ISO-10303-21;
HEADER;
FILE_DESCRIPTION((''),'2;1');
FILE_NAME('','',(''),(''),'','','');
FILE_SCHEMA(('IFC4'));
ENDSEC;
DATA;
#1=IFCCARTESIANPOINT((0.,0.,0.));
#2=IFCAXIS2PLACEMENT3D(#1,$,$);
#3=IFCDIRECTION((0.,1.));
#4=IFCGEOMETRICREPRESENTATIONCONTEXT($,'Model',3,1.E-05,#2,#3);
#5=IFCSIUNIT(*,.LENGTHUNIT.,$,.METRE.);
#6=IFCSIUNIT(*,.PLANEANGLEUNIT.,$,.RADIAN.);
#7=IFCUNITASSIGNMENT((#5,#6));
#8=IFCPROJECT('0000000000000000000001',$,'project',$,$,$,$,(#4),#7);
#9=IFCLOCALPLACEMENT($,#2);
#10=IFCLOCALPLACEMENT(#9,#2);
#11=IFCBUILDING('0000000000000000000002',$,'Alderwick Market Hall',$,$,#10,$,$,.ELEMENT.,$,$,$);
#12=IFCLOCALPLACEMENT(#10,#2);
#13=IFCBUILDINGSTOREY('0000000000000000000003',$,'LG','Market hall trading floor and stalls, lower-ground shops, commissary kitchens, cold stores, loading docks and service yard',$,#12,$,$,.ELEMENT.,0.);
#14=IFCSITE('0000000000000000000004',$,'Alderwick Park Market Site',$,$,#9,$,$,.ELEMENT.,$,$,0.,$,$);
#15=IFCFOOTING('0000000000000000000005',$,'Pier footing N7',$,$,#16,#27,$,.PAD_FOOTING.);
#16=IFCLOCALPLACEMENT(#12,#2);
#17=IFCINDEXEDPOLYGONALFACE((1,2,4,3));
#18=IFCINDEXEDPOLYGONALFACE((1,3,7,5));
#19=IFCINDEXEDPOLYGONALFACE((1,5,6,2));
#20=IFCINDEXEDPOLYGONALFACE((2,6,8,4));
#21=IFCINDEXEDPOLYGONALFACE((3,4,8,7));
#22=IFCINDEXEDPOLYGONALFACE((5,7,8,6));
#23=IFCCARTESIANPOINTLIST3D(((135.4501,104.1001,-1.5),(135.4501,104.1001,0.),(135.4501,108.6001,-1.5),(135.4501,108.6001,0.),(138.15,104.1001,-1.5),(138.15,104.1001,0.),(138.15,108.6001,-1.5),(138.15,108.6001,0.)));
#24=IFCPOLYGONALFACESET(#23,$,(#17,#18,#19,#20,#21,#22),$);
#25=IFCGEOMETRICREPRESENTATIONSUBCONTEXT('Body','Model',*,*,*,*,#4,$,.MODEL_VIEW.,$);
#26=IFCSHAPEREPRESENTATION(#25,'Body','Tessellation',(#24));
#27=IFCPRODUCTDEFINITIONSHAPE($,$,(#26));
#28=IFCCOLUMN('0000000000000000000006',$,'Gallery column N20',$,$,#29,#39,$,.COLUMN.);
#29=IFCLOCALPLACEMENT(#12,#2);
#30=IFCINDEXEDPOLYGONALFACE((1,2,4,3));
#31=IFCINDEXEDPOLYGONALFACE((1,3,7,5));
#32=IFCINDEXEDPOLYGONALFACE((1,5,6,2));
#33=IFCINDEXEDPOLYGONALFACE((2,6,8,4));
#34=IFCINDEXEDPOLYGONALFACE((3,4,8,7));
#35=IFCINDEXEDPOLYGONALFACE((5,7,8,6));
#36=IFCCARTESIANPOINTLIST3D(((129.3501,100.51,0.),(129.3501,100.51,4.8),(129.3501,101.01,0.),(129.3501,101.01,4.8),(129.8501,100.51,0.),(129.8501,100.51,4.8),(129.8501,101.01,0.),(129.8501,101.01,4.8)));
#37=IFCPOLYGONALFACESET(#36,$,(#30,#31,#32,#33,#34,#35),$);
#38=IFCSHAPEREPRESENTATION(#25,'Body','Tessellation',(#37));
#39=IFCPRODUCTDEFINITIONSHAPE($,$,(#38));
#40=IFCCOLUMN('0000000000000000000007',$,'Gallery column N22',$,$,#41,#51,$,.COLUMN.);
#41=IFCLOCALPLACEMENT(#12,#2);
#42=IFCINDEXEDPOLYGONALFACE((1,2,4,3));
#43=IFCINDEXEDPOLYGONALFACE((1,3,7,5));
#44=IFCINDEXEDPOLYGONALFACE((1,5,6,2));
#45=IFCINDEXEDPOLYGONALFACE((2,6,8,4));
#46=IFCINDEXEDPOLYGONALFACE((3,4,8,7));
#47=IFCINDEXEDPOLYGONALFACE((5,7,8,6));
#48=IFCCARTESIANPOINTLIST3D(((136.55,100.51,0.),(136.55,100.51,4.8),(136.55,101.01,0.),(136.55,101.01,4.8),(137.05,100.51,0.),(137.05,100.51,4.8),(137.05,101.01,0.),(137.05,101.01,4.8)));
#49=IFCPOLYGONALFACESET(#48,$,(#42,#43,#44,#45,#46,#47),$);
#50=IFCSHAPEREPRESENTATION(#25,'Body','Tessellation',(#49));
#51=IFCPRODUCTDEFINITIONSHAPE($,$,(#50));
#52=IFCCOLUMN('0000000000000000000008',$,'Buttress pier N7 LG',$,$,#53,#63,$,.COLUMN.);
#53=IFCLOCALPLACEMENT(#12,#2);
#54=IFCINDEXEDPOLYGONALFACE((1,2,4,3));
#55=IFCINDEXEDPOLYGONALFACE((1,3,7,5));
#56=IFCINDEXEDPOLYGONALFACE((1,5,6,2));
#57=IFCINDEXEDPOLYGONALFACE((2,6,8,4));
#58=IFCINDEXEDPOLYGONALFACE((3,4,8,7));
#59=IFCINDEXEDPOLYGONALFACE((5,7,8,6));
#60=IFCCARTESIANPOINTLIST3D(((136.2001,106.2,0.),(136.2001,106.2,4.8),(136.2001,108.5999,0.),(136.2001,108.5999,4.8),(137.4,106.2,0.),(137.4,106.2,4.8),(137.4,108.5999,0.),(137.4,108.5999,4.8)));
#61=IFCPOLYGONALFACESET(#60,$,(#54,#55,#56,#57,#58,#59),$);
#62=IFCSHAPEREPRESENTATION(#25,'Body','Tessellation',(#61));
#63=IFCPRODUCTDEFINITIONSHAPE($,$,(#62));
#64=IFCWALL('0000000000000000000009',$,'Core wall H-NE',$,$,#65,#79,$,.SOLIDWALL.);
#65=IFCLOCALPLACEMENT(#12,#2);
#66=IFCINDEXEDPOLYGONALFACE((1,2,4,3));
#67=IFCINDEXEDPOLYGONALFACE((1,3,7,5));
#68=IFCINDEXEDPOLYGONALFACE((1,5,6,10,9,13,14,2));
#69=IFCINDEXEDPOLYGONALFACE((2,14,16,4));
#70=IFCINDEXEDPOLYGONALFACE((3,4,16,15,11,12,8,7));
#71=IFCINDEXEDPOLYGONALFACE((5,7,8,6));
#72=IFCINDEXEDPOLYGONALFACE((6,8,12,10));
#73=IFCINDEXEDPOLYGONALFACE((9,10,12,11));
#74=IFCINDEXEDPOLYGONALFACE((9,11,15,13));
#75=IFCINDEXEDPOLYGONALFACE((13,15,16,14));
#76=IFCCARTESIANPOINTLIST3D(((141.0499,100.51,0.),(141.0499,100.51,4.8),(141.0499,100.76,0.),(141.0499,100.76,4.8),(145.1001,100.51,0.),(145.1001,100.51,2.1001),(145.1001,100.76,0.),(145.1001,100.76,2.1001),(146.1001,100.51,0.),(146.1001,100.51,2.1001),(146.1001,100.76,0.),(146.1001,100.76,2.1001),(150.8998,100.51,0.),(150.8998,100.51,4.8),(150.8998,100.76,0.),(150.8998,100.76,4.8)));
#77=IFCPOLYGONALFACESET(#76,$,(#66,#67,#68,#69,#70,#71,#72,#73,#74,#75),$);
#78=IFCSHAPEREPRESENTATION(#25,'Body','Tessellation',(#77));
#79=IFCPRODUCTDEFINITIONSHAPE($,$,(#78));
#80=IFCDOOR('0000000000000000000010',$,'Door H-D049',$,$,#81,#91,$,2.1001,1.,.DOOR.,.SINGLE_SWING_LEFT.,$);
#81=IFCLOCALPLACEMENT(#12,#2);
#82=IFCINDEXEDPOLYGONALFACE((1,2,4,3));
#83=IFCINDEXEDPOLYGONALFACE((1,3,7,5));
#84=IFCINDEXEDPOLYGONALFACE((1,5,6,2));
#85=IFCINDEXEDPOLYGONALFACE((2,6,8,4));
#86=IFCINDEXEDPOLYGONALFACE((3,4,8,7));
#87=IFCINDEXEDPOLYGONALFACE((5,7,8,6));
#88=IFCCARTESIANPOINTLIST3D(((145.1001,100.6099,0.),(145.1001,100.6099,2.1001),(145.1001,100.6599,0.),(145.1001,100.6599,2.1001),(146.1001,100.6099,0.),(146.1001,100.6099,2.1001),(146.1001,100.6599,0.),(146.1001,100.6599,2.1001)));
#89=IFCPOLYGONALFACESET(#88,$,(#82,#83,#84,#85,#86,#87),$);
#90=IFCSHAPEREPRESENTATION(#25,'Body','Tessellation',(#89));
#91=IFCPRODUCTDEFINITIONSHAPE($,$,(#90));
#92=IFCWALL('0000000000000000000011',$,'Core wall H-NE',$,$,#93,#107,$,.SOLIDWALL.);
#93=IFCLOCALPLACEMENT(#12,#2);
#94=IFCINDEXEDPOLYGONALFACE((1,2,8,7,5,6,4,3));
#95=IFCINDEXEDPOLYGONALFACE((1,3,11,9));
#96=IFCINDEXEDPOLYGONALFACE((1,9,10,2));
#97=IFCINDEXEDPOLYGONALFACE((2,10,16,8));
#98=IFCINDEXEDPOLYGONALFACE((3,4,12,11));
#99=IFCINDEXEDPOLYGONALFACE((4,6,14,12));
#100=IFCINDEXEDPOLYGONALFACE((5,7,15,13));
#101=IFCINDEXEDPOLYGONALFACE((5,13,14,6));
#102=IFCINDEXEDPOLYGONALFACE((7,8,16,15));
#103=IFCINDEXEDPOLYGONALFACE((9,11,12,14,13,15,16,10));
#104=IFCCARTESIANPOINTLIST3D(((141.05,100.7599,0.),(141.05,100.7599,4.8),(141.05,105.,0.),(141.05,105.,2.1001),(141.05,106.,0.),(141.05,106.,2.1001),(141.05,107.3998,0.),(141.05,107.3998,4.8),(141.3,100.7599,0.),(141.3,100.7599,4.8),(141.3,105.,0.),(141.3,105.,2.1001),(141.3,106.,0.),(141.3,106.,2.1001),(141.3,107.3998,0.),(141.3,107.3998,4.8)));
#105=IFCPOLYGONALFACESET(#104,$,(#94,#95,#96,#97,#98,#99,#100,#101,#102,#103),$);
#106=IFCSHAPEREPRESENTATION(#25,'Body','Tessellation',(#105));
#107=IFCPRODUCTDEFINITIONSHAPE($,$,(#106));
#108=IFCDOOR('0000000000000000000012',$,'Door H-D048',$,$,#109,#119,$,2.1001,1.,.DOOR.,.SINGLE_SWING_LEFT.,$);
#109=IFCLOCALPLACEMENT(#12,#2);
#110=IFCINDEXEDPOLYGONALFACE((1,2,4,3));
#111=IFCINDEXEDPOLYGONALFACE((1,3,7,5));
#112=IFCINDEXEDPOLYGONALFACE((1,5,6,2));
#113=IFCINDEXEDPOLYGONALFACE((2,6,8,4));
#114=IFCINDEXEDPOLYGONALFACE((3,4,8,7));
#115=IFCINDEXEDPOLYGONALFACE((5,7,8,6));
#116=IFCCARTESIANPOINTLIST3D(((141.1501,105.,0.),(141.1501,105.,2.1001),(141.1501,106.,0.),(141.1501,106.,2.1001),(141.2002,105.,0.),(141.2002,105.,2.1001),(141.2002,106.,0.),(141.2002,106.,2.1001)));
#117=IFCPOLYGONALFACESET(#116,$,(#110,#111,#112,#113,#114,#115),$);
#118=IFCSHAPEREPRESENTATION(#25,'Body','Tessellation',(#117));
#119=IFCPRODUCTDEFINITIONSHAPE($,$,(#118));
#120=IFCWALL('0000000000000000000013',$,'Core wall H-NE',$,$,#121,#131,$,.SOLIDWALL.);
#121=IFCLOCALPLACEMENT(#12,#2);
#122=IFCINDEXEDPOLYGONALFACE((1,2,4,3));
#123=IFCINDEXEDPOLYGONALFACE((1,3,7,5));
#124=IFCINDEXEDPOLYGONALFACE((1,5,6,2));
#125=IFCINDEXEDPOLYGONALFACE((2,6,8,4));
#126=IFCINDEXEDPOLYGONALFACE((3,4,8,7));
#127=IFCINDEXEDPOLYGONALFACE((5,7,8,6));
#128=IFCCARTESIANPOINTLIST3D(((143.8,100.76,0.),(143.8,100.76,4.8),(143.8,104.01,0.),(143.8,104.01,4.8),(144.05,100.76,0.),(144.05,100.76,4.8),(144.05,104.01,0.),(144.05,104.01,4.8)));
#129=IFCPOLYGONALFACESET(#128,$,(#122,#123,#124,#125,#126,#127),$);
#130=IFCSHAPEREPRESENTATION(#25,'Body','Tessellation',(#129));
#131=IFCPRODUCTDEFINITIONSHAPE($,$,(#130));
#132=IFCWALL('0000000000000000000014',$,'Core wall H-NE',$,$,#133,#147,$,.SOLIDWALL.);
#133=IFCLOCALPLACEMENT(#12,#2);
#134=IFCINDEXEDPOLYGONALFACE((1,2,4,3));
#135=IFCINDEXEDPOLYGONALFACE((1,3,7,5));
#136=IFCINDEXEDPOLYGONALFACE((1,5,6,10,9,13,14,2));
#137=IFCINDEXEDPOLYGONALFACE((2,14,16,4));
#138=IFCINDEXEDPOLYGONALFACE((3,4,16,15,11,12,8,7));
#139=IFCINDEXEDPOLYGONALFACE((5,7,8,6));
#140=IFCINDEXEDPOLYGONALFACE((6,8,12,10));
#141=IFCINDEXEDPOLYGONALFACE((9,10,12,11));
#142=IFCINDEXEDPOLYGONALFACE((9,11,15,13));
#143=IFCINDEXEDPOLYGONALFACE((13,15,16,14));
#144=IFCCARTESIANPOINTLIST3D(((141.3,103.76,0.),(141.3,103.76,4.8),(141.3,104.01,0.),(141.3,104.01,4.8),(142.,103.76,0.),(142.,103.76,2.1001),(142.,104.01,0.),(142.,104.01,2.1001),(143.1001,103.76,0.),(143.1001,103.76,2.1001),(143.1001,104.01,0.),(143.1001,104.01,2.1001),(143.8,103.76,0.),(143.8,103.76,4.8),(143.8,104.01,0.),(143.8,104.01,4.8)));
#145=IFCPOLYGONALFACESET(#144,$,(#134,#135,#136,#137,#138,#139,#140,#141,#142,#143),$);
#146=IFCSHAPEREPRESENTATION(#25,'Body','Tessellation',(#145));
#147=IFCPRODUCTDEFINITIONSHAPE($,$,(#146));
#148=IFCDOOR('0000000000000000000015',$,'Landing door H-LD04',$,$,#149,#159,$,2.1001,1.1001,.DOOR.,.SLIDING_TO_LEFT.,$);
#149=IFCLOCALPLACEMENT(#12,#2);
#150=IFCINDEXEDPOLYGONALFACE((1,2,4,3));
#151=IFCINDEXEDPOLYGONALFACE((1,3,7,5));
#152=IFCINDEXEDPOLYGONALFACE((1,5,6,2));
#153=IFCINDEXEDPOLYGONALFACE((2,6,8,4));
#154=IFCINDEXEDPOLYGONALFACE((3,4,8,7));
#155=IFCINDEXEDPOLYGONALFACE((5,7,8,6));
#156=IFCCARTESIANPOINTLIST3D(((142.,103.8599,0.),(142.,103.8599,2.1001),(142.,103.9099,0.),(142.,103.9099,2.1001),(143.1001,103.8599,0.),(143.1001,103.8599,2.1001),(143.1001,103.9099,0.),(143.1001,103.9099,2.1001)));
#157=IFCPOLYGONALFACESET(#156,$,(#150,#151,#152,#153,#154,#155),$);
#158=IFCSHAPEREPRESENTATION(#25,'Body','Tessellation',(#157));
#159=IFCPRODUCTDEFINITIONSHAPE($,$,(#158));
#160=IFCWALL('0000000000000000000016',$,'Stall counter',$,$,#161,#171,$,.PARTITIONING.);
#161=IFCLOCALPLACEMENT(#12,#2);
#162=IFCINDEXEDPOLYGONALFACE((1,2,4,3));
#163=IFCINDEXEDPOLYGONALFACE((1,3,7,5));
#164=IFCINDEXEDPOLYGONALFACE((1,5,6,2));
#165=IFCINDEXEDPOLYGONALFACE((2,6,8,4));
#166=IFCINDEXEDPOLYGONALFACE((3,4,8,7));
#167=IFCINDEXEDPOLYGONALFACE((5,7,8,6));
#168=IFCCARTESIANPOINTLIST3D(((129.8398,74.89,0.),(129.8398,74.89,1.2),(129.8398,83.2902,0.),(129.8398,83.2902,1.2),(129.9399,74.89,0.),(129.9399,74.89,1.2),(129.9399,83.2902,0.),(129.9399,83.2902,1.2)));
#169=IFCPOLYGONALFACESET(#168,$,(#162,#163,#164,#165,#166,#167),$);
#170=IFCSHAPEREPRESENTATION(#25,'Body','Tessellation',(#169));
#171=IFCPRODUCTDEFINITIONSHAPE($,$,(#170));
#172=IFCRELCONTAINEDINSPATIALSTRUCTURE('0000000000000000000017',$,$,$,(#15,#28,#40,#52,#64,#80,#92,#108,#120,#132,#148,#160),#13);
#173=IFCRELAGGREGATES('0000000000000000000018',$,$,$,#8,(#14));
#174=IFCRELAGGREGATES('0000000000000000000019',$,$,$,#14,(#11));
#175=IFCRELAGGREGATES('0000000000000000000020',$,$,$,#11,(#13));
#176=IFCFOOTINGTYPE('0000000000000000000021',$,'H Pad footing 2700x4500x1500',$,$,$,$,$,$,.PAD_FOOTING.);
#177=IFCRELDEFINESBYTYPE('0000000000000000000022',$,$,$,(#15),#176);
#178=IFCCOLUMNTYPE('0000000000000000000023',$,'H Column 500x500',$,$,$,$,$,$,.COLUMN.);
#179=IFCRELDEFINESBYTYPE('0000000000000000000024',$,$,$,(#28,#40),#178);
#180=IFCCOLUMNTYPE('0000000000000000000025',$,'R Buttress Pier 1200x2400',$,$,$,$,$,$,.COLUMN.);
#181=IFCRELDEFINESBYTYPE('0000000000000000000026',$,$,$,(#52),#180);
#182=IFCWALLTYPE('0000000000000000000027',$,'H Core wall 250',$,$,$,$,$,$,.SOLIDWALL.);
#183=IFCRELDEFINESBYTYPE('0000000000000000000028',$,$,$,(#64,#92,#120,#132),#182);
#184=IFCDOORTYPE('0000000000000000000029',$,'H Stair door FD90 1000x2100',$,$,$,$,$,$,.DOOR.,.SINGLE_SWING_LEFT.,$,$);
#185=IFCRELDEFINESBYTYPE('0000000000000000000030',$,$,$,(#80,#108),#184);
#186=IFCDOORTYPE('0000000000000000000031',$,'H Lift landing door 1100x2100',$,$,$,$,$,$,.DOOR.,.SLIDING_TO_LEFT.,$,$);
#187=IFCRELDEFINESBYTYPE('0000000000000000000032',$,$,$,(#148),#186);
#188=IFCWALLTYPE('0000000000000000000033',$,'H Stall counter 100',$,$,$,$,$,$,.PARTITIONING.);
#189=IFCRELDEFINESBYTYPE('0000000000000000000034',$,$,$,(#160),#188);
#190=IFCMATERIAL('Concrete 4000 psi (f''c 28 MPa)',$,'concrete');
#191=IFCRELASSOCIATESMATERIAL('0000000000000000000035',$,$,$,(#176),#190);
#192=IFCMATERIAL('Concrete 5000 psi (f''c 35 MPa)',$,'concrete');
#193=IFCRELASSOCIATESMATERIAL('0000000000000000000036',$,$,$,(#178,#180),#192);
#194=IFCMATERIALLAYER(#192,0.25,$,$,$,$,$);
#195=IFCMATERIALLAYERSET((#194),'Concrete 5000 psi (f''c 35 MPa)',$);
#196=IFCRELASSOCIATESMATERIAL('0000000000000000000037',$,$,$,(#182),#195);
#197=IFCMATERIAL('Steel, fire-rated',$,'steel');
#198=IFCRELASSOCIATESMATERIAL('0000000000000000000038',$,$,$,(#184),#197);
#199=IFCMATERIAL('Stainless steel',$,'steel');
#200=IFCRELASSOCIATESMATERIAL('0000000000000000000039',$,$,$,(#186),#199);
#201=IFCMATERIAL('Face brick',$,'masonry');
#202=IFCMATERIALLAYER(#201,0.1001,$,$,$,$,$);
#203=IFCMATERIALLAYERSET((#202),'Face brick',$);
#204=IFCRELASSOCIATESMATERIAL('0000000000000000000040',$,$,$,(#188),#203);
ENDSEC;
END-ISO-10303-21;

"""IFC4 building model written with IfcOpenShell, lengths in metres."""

from ifc_helpers import new_model, si_unit, direction, frame, frame_2d, origin, origin_2d, place, context, subcontext, project, spatial, rectangle, extrude, material, layer, layer_set, material_profile, profile_set, type_object, element, fill, save


model = new_model("IFC4")

# Units and contexts
model_context = context("Model", 3, precision=1e-05, world=origin(), true_north=direction((0.0, 1.0)))
body_context = subcontext(model_context, "Body", "Model", "MODEL_VIEW")
ifc_project = project(units=[si_unit("LENGTHUNIT", "METRE"), si_unit("PLANEANGLEUNIT", "RADIAN")], contexts=[model_context])

# Site, building, storey
site_placement = place(None, origin())
site = spatial("IfcSite", under=ifc_project, at=site_placement, Name="Alderwick Park Market Site", CompositionType="ELEMENT", RefElevation=0.0)
building_placement = place(site_placement, origin())
building = spatial("IfcBuilding", under=site, at=building_placement, Name="Alderwick Market Hall", CompositionType="ELEMENT")
storey_placement = place(building_placement, origin())
storey = spatial("IfcBuildingStorey", under=building, at=storey_placement, Name="LG", Description="Market hall trading floor and stalls, lower-ground shops, commissary kitchens, cold stores, loading docks and service yard", CompositionType="ELEMENT", Elevation=0.0)

# Footing
ifc_material_1 = material(Name="Concrete 4000 psi (f'c 28 MPa)", Category="concrete")
footing_type = type_object("IfcFootingType", Name="H Pad footing 2700x4500x1500", PredefinedType="PAD_FOOTING", material=ifc_material_1)
footing_placement = place(storey_placement, frame((136.8, 106.3501, -1.5), z_axis=(0.0, 0.0, 1.0), x_axis=(1.0, 0.0, 0.0)))
element("IfcFooting", 1, at=footing_placement, inside=storey, type_object=footing_type, Name="Pier footing N7", PredefinedType="PAD_FOOTING", context=body_context, shape_type="SweptSolid", body=[
    extrude(rectangle(XDim=2.7, YDim=4.5, at=origin_2d()), origin(), (0.0, 0.0, 1.0), 1.5),
])

# Columns
ifc_material_2 = material(Name="Concrete 5000 psi (f'c 35 MPa)", Category="concrete")
ifc_material_profile_1 = material_profile(ifc_material_2, rectangle(XDim=0.5, YDim=0.5, at=origin_2d()), Name="RC 500x500")
ifc_profile_set_1 = profile_set([ifc_material_profile_1], Name="Concrete 5000 psi (f'c 35 MPa)")
column_type_1 = type_object("IfcColumnType", Name="H Column 500x500", PredefinedType="COLUMN", material=ifc_profile_set_1)
for number, where, z_axis, x_axis, name in (
    (2, (129.6001, 100.76, 0.0), (0.0, 0.0, 1.0), (1.0, 0.0, 0.0), "Gallery column N20"),
    (3, (136.8, 100.76, 0.0), (0.0, 0.0, 1.0), (1.0, 0.0, 0.0), "Gallery column N22"),
):
    element("IfcColumn", number, at=place(storey_placement, frame(where, z_axis=z_axis, x_axis=x_axis)), inside=storey, type_object=column_type_1, Name=name, PredefinedType="COLUMN", context=body_context, shape_type="SweptSolid", body=[
        extrude(rectangle(XDim=0.5, YDim=0.5, at=origin_2d()), origin(), (0.0, 0.0, 1.0), 4.8),
    ])
ifc_material_profile_2 = material_profile(ifc_material_2, rectangle(XDim=1.2, YDim=2.3999, at=origin_2d()), Name="RC 1200x2400")
ifc_profile_set_2 = profile_set([ifc_material_profile_2], Name="Concrete 5000 psi (f'c 35 MPa)")
column_type_2 = type_object("IfcColumnType", Name="R Buttress Pier 1200x2400", PredefinedType="COLUMN", material=ifc_profile_set_2)
column_placement = place(storey_placement, frame((136.8, 107.3999, 0.0), z_axis=(0.0, 0.0, 1.0), x_axis=(1.0, 0.0, 0.0)))
element("IfcColumn", 4, at=column_placement, inside=storey, type_object=column_type_2, Name="Buttress pier N7 LG", PredefinedType="COLUMN", context=body_context, shape_type="SweptSolid", body=[
    extrude(rectangle(XDim=1.2, YDim=2.3999, at=origin_2d()), origin(), (0.0, 0.0, 1.0), 4.8),
])

# Walls, openings, doors
ifc_layer_1 = layer(ifc_material_2, 0.25)
ifc_layer_set_1 = layer_set([ifc_layer_1], Name="Concrete 5000 psi (f'c 35 MPa)")
wall_type_1 = type_object("IfcWallType", Name="H Core wall 250", PredefinedType="SOLIDWALL", material=ifc_layer_set_1)
wall_1_placement = place(storey_placement, frame((141.05, 100.635, 0.0), z_axis=(0.0, 0.0, 1.0), x_axis=(1.0, 0.0, 0.0)))
wall_1 = element("IfcWall", 5, at=wall_1_placement, inside=storey, type_object=wall_type_1, Name="Core wall H-NE", PredefinedType="SOLIDWALL", context=body_context, shape_type="SweptSolid", body=[
    extrude(rectangle(XDim=9.8499, YDim=0.25, at=frame_2d((4.9248, 0.0))), origin(), (0.0, 0.0, 1.0), 4.8),
])
opening_1_placement = place(wall_1_placement, frame((4.05, 0.0, 0.0)))
opening_1 = element("IfcOpeningElement", 6, at=opening_1_placement, cuts=wall_1, PredefinedType="OPENING", context=body_context, shape_type="SweptSolid", body=[
    extrude(rectangle(XDim=1.0, YDim=2.1001, at=frame_2d((0.5, 1.05))), frame((0.0, 0.135, 0.0), z_axis=(0.0, -1.0, 0.0), x_axis=(1.0, 0.0, 0.0)), (0.0, 0.0, 1.0), 0.27),
])
ifc_material_3 = material(Name="Steel, fire-rated", Category="steel")
door_type_1 = type_object("IfcDoorType", Name="H Stair door FD90 1000x2100", OperationType="SINGLE_SWING_LEFT", PredefinedType="DOOR", material=ifc_material_3)
door_1_placement = place(opening_1_placement, origin())
door_1 = element("IfcDoor", 7, at=door_1_placement, inside=storey, type_object=door_type_1, Name="Door H-D049", OperationType="SINGLE_SWING_LEFT", OverallHeight=2.1001, OverallWidth=1.0, PredefinedType="DOOR", context=body_context, shape_type="SweptSolid", body=[
    extrude(rectangle(XDim=1.0, YDim=2.1001, at=frame_2d((0.5, 1.05))), frame((0.0, 0.0249, 0.0), z_axis=(0.0, -1.0, 0.0), x_axis=(1.0, 0.0, 0.0)), (0.0, 0.0, 1.0), 0.05),
])
fill(opening_1, door_1)
wall_2_placement = place(storey_placement, frame((141.175, 100.76, 0.0), z_axis=(0.0, 0.0, 1.0), x_axis=(0.0, 1.0, 0.0)))
wall_2 = element("IfcWall", 8, at=wall_2_placement, inside=storey, type_object=wall_type_1, Name="Core wall H-NE", PredefinedType="SOLIDWALL", context=body_context, shape_type="SweptSolid", body=[
    extrude(rectangle(XDim=6.6399, YDim=0.25, at=frame_2d((3.3198, 0.0))), origin(), (0.0, 0.0, 1.0), 4.8),
])
opening_2_placement = place(wall_2_placement, frame((4.24, 0.0, 0.0)))
opening_2 = element("IfcOpeningElement", 9, at=opening_2_placement, cuts=wall_2, PredefinedType="OPENING", context=body_context, shape_type="SweptSolid", body=[
    extrude(rectangle(XDim=1.0, YDim=2.1001, at=frame_2d((0.5, 1.05))), frame((0.0, 0.135, 0.0), z_axis=(0.0, -1.0, 0.0), x_axis=(1.0, 0.0, 0.0)), (0.0, 0.0, 1.0), 0.27),
])
door_2_placement = place(opening_2_placement, origin())
door_2 = element("IfcDoor", 10, at=door_2_placement, inside=storey, type_object=door_type_1, Name="Door H-D048", OperationType="SINGLE_SWING_LEFT", OverallHeight=2.1001, OverallWidth=1.0, PredefinedType="DOOR", context=body_context, shape_type="SweptSolid", body=[
    extrude(rectangle(XDim=1.0, YDim=2.1001, at=frame_2d((0.5, 1.05))), frame((0.0, 0.0249, 0.0), z_axis=(0.0, -1.0, 0.0), x_axis=(1.0, 0.0, 0.0)), (0.0, 0.0, 1.0), 0.05),
])
fill(opening_2, door_2)

# Wall
wall_3_placement = place(storey_placement, frame((143.925, 100.76, 0.0), z_axis=(0.0, 0.0, 1.0), x_axis=(0.0, 1.0, 0.0)))
element("IfcWall", 11, at=wall_3_placement, inside=storey, type_object=wall_type_1, Name="Core wall H-NE", PredefinedType="SOLIDWALL", context=body_context, shape_type="SweptSolid", body=[
    extrude(rectangle(XDim=3.25, YDim=0.25, at=frame_2d((1.625, 0.0))), origin(), (0.0, 0.0, 1.0), 4.8),
])

# Wall, opening, door
wall_4_placement = place(storey_placement, frame((141.3, 103.885, 0.0), z_axis=(0.0, 0.0, 1.0), x_axis=(1.0, 0.0, 0.0)))
wall_4 = element("IfcWall", 12, at=wall_4_placement, inside=storey, type_object=wall_type_1, Name="Core wall H-NE", PredefinedType="SOLIDWALL", context=body_context, shape_type="SweptSolid", body=[
    extrude(rectangle(XDim=2.5, YDim=0.25, at=frame_2d((1.25, 0.0))), origin(), (0.0, 0.0, 1.0), 4.8),
])
opening_3_placement = place(wall_4_placement, frame((0.7, 0.0, 0.0)))
opening_3 = element("IfcOpeningElement", 13, at=opening_3_placement, cuts=wall_4, PredefinedType="OPENING", context=body_context, shape_type="SweptSolid", body=[
    extrude(rectangle(XDim=1.1001, YDim=2.1001, at=frame_2d((0.55, 1.05))), frame((0.0, 0.135, 0.0), z_axis=(0.0, -1.0, 0.0), x_axis=(1.0, 0.0, 0.0)), (0.0, 0.0, 1.0), 0.27),
])
ifc_material_4 = material(Name="Stainless steel", Category="steel")
door_type_2 = type_object("IfcDoorType", Name="H Lift landing door 1100x2100", OperationType="SLIDING_TO_LEFT", PredefinedType="DOOR", material=ifc_material_4)
door_3_placement = place(opening_3_placement, origin())
door_3 = element("IfcDoor", 14, at=door_3_placement, inside=storey, type_object=door_type_2, Name="Landing door H-LD04", OperationType="SLIDING_TO_LEFT", OverallHeight=2.1001, OverallWidth=1.1001, PredefinedType="DOOR", context=body_context, shape_type="SweptSolid", body=[
    extrude(rectangle(XDim=1.1001, YDim=2.1001, at=frame_2d((0.55, 1.05))), frame((0.0, 0.0249, 0.0), z_axis=(0.0, -1.0, 0.0), x_axis=(1.0, 0.0, 0.0)), (0.0, 0.0, 1.0), 0.05),
])
fill(opening_3, door_3)

# Wall
ifc_material_5 = material(Name="Face brick", Category="masonry")
ifc_layer_2 = layer(ifc_material_5, 0.1001)
ifc_layer_set_2 = layer_set([ifc_layer_2], Name="Face brick")
wall_type_2 = type_object("IfcWallType", Name="H Stall counter 100", PredefinedType="PARTITIONING", material=ifc_layer_set_2)
for number, where, z_axis, x_axis, name in (
    (15, (129.8899, 74.8899, 0.0), (0.0, 0.0, 1.0), (0.0, 1.0, 0.0), "Stall counter"),
):
    element("IfcWall", number, at=place(storey_placement, frame(where, z_axis=z_axis, x_axis=x_axis)), inside=storey, type_object=wall_type_2, Name=name, PredefinedType="PARTITIONING", context=body_context, shape_type="SweptSolid", body=[
        extrude(rectangle(XDim=8.4001, YDim=0.1001, at=frame_2d((4.2002, 0.0))), origin(), (0.0, 0.0, 1.0), 1.2),
    ])

save(model, "model.ifc")
